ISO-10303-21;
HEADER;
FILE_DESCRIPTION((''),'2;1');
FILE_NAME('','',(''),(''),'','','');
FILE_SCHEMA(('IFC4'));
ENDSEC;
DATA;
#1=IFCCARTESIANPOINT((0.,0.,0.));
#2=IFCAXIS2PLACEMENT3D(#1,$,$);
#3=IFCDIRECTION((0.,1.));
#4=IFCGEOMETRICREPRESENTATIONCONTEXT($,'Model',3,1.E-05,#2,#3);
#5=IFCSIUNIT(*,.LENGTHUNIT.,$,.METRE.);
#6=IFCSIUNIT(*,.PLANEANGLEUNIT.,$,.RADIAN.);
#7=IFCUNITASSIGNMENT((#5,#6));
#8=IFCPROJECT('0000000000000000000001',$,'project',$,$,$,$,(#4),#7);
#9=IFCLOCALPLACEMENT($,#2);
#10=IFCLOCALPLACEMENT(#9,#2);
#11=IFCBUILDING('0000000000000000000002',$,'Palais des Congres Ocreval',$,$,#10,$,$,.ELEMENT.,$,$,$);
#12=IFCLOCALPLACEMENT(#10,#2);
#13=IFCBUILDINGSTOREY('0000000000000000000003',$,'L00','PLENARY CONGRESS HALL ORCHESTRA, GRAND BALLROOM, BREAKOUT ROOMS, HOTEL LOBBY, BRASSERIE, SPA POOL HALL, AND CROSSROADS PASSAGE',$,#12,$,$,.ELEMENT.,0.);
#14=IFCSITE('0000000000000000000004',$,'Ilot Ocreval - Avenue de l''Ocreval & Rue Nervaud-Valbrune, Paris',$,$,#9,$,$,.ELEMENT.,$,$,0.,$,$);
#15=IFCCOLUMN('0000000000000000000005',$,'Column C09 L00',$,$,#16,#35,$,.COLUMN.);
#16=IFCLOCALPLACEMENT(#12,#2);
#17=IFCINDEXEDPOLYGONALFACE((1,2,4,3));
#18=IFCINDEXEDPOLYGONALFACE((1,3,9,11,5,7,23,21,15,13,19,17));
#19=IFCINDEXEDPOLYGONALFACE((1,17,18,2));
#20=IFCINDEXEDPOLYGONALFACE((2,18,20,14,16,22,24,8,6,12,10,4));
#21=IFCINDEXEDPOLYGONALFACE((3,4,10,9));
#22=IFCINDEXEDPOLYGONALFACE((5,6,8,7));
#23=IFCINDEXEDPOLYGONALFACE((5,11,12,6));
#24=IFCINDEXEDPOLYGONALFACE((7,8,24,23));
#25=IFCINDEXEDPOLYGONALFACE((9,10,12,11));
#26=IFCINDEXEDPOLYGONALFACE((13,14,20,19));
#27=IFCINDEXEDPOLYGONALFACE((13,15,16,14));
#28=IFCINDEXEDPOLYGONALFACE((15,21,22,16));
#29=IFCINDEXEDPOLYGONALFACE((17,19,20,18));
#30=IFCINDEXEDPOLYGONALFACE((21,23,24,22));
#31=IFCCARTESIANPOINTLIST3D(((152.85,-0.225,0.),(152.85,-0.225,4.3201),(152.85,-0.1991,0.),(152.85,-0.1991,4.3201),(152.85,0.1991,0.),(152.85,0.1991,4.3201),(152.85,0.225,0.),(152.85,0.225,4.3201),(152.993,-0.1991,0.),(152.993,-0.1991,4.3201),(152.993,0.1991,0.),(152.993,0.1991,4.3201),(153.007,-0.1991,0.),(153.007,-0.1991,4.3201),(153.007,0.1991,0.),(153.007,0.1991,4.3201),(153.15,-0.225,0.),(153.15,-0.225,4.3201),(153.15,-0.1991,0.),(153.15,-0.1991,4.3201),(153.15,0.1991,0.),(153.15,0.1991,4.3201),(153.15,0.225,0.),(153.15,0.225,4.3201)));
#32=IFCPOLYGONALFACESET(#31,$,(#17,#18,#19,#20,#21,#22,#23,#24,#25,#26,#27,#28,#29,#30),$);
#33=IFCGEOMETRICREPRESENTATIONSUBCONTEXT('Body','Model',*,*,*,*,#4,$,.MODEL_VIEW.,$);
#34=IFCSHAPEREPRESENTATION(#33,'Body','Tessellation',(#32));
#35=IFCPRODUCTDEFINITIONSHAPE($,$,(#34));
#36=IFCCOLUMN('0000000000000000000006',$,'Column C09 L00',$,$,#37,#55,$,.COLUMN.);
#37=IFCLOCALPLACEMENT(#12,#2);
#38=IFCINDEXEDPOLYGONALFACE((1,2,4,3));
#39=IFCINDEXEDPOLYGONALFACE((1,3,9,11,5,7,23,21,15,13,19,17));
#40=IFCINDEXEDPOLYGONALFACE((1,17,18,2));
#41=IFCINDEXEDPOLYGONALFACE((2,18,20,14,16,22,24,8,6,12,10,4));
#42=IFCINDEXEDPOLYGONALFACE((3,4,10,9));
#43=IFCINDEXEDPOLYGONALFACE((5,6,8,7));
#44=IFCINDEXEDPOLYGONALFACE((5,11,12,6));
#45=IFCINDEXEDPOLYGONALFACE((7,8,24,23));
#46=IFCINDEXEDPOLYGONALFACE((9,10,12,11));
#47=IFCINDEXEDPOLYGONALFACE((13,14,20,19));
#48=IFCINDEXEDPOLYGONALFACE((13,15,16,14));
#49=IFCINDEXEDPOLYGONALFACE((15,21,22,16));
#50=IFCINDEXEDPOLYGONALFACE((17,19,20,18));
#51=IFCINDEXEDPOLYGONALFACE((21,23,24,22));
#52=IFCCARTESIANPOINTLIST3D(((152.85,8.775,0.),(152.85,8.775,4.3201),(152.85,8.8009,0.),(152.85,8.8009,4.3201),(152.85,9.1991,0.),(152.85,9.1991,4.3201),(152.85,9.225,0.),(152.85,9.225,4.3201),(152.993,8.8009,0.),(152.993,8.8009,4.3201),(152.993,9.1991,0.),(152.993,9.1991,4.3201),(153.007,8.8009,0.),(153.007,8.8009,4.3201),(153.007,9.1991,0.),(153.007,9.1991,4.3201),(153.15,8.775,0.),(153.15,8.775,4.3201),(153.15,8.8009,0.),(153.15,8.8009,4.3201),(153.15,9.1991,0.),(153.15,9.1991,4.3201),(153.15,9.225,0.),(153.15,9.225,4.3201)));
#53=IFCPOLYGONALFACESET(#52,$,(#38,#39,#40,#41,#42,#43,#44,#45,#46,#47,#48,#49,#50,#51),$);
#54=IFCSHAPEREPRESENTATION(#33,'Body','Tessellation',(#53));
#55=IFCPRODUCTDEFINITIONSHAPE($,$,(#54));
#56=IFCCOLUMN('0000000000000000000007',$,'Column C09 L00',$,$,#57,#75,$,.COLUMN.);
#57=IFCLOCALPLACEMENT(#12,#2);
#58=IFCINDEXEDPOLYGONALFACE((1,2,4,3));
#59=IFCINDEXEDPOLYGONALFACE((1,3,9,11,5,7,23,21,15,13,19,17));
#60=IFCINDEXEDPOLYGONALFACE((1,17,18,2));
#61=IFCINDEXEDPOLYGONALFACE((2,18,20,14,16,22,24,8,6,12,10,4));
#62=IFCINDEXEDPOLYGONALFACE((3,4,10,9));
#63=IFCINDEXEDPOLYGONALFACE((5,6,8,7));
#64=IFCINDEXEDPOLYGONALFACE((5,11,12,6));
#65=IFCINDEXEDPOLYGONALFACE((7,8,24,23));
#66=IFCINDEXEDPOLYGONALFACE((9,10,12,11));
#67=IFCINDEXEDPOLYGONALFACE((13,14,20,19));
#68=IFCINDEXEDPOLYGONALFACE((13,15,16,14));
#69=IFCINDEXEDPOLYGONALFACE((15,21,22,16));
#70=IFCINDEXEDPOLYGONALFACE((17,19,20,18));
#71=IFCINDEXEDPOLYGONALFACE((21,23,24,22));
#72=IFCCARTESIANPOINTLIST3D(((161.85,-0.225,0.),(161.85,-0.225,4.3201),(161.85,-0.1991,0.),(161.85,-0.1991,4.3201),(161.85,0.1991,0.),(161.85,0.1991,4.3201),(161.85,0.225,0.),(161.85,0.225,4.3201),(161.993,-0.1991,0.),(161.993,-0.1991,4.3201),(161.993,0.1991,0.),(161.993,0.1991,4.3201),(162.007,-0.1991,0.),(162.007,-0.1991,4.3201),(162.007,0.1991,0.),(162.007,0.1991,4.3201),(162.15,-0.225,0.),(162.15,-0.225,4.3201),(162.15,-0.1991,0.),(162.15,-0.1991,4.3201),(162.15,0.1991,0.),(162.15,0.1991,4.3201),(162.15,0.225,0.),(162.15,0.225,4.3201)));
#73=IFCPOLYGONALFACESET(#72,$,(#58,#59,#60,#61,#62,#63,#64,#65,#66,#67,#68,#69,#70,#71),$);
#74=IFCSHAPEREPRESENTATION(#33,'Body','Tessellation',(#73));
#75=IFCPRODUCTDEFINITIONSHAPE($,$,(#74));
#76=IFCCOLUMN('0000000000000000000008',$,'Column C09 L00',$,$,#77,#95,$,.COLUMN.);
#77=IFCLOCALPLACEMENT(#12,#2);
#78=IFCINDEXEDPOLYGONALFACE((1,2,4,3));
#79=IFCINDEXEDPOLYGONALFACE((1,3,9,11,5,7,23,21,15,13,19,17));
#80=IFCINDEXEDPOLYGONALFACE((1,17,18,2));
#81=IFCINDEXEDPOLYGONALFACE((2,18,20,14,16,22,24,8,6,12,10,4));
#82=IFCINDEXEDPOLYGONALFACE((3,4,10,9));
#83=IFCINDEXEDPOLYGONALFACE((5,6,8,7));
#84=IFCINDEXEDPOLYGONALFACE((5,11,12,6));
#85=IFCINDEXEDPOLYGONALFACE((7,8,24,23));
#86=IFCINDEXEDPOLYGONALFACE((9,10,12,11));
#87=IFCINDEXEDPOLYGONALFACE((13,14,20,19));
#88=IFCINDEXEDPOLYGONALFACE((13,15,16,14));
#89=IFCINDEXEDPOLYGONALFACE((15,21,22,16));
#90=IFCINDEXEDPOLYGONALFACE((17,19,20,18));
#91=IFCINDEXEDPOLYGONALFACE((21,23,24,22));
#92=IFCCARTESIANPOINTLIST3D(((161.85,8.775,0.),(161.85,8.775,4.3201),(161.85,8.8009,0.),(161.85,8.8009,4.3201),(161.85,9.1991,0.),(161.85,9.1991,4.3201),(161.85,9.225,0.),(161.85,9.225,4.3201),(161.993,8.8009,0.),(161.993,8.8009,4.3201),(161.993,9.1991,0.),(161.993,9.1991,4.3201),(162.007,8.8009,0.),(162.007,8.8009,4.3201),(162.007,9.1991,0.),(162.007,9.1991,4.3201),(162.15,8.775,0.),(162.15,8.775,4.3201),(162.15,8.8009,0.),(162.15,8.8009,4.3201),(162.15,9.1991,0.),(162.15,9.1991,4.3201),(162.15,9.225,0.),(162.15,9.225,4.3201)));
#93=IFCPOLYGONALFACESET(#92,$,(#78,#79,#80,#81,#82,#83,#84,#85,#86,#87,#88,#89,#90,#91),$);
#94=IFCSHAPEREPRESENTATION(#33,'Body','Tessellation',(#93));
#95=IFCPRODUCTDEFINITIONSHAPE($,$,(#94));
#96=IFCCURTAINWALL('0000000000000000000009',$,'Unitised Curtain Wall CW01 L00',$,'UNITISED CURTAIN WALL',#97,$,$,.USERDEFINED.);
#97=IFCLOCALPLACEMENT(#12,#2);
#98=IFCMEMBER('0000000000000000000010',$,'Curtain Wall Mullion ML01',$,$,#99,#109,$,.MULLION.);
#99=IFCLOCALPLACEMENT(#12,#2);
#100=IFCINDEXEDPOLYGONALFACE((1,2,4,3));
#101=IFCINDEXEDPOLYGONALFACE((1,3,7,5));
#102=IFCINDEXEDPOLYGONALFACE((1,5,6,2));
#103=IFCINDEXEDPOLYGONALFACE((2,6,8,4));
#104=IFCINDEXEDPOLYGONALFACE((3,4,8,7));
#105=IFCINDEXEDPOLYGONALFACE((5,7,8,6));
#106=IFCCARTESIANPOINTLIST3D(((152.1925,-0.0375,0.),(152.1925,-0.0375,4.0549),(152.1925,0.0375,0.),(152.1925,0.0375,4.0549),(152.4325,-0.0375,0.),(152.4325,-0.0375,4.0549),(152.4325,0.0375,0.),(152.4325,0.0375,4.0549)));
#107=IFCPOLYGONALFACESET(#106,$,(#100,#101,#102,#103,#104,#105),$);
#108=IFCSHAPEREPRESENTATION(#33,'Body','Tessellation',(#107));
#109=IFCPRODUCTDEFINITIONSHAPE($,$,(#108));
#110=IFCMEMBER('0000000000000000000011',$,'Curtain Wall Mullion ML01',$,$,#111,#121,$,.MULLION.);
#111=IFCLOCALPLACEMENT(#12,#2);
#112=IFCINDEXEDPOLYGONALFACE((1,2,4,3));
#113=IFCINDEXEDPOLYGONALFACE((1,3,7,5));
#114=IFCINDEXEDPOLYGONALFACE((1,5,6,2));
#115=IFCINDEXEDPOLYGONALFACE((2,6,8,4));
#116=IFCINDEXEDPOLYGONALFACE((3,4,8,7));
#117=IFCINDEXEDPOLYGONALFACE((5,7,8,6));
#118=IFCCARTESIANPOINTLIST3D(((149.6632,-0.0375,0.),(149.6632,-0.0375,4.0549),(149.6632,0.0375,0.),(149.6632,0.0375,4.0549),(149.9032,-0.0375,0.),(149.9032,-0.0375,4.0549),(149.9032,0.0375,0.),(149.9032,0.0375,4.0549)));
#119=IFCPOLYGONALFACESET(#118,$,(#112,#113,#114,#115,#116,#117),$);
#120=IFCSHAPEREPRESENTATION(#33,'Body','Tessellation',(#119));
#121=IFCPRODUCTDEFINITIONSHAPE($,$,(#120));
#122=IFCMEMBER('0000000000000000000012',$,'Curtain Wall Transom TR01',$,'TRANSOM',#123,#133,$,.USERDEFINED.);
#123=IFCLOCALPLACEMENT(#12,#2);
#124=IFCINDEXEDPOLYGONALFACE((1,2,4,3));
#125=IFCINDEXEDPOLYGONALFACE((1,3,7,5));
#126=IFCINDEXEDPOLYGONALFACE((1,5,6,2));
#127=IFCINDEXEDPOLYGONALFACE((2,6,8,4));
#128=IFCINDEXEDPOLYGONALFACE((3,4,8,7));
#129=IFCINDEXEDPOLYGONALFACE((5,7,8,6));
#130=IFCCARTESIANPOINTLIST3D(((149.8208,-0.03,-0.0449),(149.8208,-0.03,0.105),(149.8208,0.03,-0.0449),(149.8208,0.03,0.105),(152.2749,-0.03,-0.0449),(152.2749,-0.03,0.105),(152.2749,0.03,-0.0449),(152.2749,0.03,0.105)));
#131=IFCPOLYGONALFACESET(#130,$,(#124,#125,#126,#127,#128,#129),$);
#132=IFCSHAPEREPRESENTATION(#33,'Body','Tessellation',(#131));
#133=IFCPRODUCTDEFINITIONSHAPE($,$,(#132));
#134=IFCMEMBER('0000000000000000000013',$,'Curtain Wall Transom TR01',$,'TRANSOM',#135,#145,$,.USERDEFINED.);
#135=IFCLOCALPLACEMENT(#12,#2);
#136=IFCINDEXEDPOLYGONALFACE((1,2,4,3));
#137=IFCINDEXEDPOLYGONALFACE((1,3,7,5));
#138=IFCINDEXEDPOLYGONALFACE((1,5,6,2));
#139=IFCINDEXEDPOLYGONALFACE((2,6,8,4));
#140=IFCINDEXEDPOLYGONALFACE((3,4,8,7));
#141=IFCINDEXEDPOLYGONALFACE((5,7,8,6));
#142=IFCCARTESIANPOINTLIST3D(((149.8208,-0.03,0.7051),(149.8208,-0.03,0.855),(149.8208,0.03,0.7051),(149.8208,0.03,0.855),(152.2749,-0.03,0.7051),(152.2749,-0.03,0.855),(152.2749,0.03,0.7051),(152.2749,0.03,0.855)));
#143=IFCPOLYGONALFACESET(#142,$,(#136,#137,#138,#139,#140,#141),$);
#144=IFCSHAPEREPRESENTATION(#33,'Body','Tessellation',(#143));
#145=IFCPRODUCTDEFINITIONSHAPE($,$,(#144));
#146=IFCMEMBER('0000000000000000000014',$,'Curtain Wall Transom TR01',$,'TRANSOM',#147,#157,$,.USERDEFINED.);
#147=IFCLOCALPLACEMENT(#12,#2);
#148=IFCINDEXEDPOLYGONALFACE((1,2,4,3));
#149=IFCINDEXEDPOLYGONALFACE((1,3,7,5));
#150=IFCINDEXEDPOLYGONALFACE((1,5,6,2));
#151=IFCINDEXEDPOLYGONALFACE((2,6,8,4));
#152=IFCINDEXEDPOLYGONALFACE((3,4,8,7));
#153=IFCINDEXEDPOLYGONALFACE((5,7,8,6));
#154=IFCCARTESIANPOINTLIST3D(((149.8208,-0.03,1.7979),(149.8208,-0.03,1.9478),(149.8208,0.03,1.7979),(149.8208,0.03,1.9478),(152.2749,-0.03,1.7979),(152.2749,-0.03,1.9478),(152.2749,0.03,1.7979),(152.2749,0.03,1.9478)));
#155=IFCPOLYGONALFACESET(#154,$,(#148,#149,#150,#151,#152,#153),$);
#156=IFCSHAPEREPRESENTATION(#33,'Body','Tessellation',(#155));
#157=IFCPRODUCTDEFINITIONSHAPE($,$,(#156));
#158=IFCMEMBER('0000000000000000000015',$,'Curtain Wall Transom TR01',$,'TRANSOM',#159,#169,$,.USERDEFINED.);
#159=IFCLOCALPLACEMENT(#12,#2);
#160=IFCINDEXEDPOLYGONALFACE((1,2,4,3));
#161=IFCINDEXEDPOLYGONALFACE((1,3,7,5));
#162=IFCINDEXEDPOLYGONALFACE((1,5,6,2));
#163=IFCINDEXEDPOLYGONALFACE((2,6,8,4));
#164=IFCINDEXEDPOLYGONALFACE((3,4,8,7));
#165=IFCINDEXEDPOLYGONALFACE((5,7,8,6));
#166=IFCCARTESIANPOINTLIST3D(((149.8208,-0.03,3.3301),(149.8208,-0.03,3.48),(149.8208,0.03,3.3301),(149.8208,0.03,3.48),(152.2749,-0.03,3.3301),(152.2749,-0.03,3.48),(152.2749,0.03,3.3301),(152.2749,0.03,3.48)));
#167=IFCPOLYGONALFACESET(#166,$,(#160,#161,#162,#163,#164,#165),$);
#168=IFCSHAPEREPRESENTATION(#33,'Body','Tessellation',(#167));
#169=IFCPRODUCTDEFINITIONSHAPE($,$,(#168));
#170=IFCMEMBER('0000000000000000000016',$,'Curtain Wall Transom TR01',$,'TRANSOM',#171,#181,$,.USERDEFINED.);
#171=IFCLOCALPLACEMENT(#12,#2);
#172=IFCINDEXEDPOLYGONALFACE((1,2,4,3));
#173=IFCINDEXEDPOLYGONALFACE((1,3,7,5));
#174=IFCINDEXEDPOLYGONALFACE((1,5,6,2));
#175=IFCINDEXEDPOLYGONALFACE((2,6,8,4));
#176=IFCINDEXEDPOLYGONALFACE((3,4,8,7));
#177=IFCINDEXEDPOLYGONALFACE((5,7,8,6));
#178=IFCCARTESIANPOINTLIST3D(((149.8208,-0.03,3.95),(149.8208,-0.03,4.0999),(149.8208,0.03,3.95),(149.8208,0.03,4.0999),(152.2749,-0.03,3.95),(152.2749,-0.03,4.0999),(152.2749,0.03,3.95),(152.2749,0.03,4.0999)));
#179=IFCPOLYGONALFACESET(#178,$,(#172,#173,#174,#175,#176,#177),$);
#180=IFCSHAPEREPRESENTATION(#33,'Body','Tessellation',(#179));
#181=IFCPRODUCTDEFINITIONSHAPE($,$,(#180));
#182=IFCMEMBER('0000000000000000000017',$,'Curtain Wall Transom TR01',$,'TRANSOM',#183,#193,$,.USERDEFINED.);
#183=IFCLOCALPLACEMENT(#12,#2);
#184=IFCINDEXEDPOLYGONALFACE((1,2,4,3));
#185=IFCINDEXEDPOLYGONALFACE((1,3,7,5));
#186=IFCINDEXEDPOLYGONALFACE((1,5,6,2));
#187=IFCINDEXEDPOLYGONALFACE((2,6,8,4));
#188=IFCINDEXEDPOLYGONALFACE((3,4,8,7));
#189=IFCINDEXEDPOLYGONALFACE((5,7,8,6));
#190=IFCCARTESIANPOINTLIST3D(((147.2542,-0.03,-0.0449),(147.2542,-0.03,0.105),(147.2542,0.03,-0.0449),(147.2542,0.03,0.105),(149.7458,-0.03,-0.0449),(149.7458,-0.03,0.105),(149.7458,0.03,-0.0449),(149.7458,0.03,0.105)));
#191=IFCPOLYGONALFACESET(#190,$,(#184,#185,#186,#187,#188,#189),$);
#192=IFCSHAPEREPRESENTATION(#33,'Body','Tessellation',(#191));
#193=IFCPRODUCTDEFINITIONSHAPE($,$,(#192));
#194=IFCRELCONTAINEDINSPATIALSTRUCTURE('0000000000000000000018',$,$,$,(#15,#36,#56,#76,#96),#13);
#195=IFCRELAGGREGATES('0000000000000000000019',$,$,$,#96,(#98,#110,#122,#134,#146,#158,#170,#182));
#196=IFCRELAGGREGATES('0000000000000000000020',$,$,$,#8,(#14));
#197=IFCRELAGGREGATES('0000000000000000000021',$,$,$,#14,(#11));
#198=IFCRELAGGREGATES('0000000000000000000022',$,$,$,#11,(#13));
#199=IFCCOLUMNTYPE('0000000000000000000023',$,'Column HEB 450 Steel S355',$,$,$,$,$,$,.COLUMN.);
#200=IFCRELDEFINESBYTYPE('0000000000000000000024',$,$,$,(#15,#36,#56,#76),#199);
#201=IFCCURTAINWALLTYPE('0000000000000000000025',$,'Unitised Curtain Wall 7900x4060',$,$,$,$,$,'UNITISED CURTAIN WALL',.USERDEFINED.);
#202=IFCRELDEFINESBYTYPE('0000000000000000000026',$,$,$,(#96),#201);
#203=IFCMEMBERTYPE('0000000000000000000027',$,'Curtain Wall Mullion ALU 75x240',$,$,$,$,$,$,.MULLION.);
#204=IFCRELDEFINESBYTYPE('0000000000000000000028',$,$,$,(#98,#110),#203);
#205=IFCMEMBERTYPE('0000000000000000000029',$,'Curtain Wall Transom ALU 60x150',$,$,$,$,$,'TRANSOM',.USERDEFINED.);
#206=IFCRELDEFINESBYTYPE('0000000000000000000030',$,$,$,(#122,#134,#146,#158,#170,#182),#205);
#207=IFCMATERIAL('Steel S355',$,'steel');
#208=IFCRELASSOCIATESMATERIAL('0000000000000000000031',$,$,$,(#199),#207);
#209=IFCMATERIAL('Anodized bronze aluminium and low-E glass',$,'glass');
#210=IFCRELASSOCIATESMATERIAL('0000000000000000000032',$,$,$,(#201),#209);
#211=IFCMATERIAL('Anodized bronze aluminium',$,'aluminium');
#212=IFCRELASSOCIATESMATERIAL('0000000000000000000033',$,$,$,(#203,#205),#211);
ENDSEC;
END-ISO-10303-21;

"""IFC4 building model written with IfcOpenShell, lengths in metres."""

from ifc_helpers import new_model, si_unit, direction, frame, origin, origin_2d, place, context, subcontext, project, spatial, rectangle, i_section, extrude, material, material_profile, profile_set, type_object, element, aggregate, save


model = new_model("IFC4")

# Units and contexts
model_context = context("Model", 3, precision=1e-05, world=origin(), true_north=direction((0.0, 1.0)))
body_context = subcontext(model_context, "Body", "Model", "MODEL_VIEW")
ifc_project = project(units=[si_unit("LENGTHUNIT", "METRE"), si_unit("PLANEANGLEUNIT", "RADIAN")], contexts=[model_context])

# Site, building, storey
site_placement = place(None, origin())
site = spatial("IfcSite", under=ifc_project, at=site_placement, Name="Ilot Ocreval - Avenue de l'Ocreval & Rue Nervaud-Valbrune, Paris", CompositionType="ELEMENT", RefElevation=0.0)
building_placement = place(site_placement, origin())
building = spatial("IfcBuilding", under=site, at=building_placement, Name="Palais des Congres Ocreval", CompositionType="ELEMENT")
storey_placement = place(building_placement, origin())
storey = spatial("IfcBuildingStorey", under=building, at=storey_placement, Name="L00", Description="PLENARY CONGRESS HALL ORCHESTRA, GRAND BALLROOM, BREAKOUT ROOMS, HOTEL LOBBY, BRASSERIE, SPA POOL HALL, AND CROSSROADS PASSAGE", CompositionType="ELEMENT", Elevation=0.0)

# Columns
ifc_material_1 = material(Name="Steel S355", Category="steel")
ifc_material_profile_1 = material_profile(ifc_material_1, i_section(OverallWidth=0.3, OverallDepth=0.45, WebThickness=0.0139, FlangeThickness=0.0259, at=origin_2d()), Name="HEB 450")
ifc_profile_set_1 = profile_set([ifc_material_profile_1], Name="Steel S355")
column_type = type_object("IfcColumnType", Name="Column HEB 450 Steel S355", PredefinedType="COLUMN", material=ifc_profile_set_1)
for number, where, z_axis, x_axis, name in (
    (1, (153.0, 0.0, 0.0), (0.0, 0.0, 1.0), (1.0, 0.0, 0.0), "Column C09 L00"),
    (2, (153.0, 9.0, 0.0), (0.0, 0.0, 1.0), (1.0, 0.0, 0.0), "Column C09 L00"),
    (3, (162.0, 0.0, 0.0), (0.0, 0.0, 1.0), (1.0, 0.0, 0.0), "Column C09 L00"),
    (4, (162.0, 9.0, 0.0), (0.0, 0.0, 1.0), (1.0, 0.0, 0.0), "Column C09 L00"),
):
    element("IfcColumn", number, at=place(storey_placement, frame(where, z_axis=z_axis, x_axis=x_axis)), inside=storey, type_object=column_type, Name=name, PredefinedType="COLUMN", context=body_context, shape_type="SweptSolid", body=[
        extrude(i_section(OverallWidth=0.3, OverallDepth=0.45, WebThickness=0.0139, FlangeThickness=0.0259, at=origin_2d()), origin(), (0.0, 0.0, 1.0), 4.3201),
    ])

# Curtain wall, members
ifc_material_2 = material(Name="Anodized bronze aluminium and low-E glass", Category="glass")
curtain_wall_type = type_object("IfcCurtainWallType", Name="Unitised Curtain Wall 7900x4060", ElementType="UNITISED CURTAIN WALL", PredefinedType="USERDEFINED", material=ifc_material_2)
curtain_wall_placement = place(storey_placement, origin())
curtain_wall = element("IfcCurtainWall", 5, at=curtain_wall_placement, inside=storey, type_object=curtain_wall_type, Name="Unitised Curtain Wall CW01 L00", ObjectType="UNITISED CURTAIN WALL", PredefinedType="USERDEFINED")
ifc_material_3 = material(Name="Anodized bronze aluminium", Category="aluminium")
ifc_material_profile_2 = material_profile(ifc_material_3, rectangle(XDim=0.075, YDim=0.24, at=origin_2d()), Name="ALU 75x240")
ifc_profile_set_2 = profile_set([ifc_material_profile_2], Name="Anodized bronze aluminium")
member_type_1 = type_object("IfcMemberType", Name="Curtain Wall Mullion ALU 75x240", PredefinedType="MULLION", material=ifc_profile_set_2)
member_1_placement = place(storey_placement, frame((152.3125, 0.0, 0.0), z_axis=(0.0, 0.0, 1.0), x_axis=(0.0, -1.0, 0.0)))
member_1 = element("IfcMember", 6, at=member_1_placement, type_object=member_type_1, Name="Curtain Wall Mullion ML01", PredefinedType="MULLION", context=body_context, shape_type="SweptSolid", body=[
    extrude(rectangle(XDim=0.075, YDim=0.24, at=origin_2d()), origin(), (0.0, 0.0, 1.0), 4.0549),
])
member_2_placement = place(storey_placement, frame((149.7832, 0.0, 0.0), z_axis=(0.0, 0.0, 1.0), x_axis=(0.0, -1.0, 0.0)))
member_2 = element("IfcMember", 7, at=member_2_placement, type_object=member_type_1, Name="Curtain Wall Mullion ML01", PredefinedType="MULLION", context=body_context, shape_type="SweptSolid", body=[
    extrude(rectangle(XDim=0.075, YDim=0.24, at=origin_2d()), origin(), (0.0, 0.0, 1.0), 4.0549),
])
ifc_material_profile_3 = material_profile(ifc_material_3, rectangle(XDim=0.0601, YDim=0.1499, at=origin_2d()), Name="ALU 60x150")
ifc_profile_set_3 = profile_set([ifc_material_profile_3], Name="Anodized bronze aluminium")
member_type_2 = type_object("IfcMemberType", Name="Curtain Wall Transom ALU 60x150", ElementType="TRANSOM", PredefinedType="USERDEFINED", material=ifc_profile_set_3)
member_3_placement = place(storey_placement, frame((152.2749, 0.0, 0.03), z_axis=(-1.0, 0.0, 0.0), x_axis=(0.0, -1.0, 0.0)))
member_3 = element("IfcMember", 8, at=member_3_placement, type_object=member_type_2, Name="Curtain Wall Transom TR01", ObjectType="TRANSOM", PredefinedType="USERDEFINED", context=body_context, shape_type="SweptSolid", body=[
    extrude(rectangle(XDim=0.0601, YDim=0.1499, at=origin_2d()), origin(), (0.0, 0.0, 1.0), 2.4541),
])
member_4_placement = place(storey_placement, frame((152.2749, 0.0, 0.78), z_axis=(-1.0, 0.0, 0.0), x_axis=(0.0, -1.0, 0.0)))
member_4 = element("IfcMember", 9, at=member_4_placement, type_object=member_type_2, Name="Curtain Wall Transom TR01", ObjectType="TRANSOM", PredefinedType="USERDEFINED", context=body_context, shape_type="SweptSolid", body=[
    extrude(rectangle(XDim=0.0601, YDim=0.1499, at=origin_2d()), origin(), (0.0, 0.0, 1.0), 2.4541),
])
member_5_placement = place(storey_placement, frame((152.2749, 0.0, 1.8728), z_axis=(-1.0, 0.0, 0.0), x_axis=(0.0, -1.0, 0.0)))
member_5 = element("IfcMember", 10, at=member_5_placement, type_object=member_type_2, Name="Curtain Wall Transom TR01", ObjectType="TRANSOM", PredefinedType="USERDEFINED", context=body_context, shape_type="SweptSolid", body=[
    extrude(rectangle(XDim=0.0601, YDim=0.1499, at=origin_2d()), origin(), (0.0, 0.0, 1.0), 2.4541),
])
member_6_placement = place(storey_placement, frame((152.2749, 0.0, 3.405), z_axis=(-1.0, 0.0, 0.0), x_axis=(0.0, -1.0, 0.0)))
member_6 = element("IfcMember", 11, at=member_6_placement, type_object=member_type_2, Name="Curtain Wall Transom TR01", ObjectType="TRANSOM", PredefinedType="USERDEFINED", context=body_context, shape_type="SweptSolid", body=[
    extrude(rectangle(XDim=0.0601, YDim=0.1499, at=origin_2d()), origin(), (0.0, 0.0, 1.0), 2.4541),
])
member_7_placement = place(storey_placement, frame((152.2749, 0.0, 4.0249), z_axis=(-1.0, 0.0, 0.0), x_axis=(0.0, -1.0, 0.0)))
member_7 = element("IfcMember", 12, at=member_7_placement, type_object=member_type_2, Name="Curtain Wall Transom TR01", ObjectType="TRANSOM", PredefinedType="USERDEFINED", context=body_context, shape_type="SweptSolid", body=[
    extrude(rectangle(XDim=0.0601, YDim=0.1499, at=origin_2d()), origin(), (0.0, 0.0, 1.0), 2.4541),
])
member_8_placement = place(storey_placement, frame((149.7458, 0.0, 0.03), z_axis=(-1.0, 0.0, 0.0), x_axis=(0.0, -1.0, 0.0)))
member_8 = element("IfcMember", 13, at=member_8_placement, type_object=member_type_2, Name="Curtain Wall Transom TR01", ObjectType="TRANSOM", PredefinedType="USERDEFINED", context=body_context, shape_type="SweptSolid", body=[
    extrude(rectangle(XDim=0.0601, YDim=0.1499, at=origin_2d()), origin(), (0.0, 0.0, 1.0), 2.4917),
])

aggregate(curtain_wall, [member_1, member_2, member_3, member_4, member_5, member_6, member_7, member_8])

save(model, "model.ifc")
